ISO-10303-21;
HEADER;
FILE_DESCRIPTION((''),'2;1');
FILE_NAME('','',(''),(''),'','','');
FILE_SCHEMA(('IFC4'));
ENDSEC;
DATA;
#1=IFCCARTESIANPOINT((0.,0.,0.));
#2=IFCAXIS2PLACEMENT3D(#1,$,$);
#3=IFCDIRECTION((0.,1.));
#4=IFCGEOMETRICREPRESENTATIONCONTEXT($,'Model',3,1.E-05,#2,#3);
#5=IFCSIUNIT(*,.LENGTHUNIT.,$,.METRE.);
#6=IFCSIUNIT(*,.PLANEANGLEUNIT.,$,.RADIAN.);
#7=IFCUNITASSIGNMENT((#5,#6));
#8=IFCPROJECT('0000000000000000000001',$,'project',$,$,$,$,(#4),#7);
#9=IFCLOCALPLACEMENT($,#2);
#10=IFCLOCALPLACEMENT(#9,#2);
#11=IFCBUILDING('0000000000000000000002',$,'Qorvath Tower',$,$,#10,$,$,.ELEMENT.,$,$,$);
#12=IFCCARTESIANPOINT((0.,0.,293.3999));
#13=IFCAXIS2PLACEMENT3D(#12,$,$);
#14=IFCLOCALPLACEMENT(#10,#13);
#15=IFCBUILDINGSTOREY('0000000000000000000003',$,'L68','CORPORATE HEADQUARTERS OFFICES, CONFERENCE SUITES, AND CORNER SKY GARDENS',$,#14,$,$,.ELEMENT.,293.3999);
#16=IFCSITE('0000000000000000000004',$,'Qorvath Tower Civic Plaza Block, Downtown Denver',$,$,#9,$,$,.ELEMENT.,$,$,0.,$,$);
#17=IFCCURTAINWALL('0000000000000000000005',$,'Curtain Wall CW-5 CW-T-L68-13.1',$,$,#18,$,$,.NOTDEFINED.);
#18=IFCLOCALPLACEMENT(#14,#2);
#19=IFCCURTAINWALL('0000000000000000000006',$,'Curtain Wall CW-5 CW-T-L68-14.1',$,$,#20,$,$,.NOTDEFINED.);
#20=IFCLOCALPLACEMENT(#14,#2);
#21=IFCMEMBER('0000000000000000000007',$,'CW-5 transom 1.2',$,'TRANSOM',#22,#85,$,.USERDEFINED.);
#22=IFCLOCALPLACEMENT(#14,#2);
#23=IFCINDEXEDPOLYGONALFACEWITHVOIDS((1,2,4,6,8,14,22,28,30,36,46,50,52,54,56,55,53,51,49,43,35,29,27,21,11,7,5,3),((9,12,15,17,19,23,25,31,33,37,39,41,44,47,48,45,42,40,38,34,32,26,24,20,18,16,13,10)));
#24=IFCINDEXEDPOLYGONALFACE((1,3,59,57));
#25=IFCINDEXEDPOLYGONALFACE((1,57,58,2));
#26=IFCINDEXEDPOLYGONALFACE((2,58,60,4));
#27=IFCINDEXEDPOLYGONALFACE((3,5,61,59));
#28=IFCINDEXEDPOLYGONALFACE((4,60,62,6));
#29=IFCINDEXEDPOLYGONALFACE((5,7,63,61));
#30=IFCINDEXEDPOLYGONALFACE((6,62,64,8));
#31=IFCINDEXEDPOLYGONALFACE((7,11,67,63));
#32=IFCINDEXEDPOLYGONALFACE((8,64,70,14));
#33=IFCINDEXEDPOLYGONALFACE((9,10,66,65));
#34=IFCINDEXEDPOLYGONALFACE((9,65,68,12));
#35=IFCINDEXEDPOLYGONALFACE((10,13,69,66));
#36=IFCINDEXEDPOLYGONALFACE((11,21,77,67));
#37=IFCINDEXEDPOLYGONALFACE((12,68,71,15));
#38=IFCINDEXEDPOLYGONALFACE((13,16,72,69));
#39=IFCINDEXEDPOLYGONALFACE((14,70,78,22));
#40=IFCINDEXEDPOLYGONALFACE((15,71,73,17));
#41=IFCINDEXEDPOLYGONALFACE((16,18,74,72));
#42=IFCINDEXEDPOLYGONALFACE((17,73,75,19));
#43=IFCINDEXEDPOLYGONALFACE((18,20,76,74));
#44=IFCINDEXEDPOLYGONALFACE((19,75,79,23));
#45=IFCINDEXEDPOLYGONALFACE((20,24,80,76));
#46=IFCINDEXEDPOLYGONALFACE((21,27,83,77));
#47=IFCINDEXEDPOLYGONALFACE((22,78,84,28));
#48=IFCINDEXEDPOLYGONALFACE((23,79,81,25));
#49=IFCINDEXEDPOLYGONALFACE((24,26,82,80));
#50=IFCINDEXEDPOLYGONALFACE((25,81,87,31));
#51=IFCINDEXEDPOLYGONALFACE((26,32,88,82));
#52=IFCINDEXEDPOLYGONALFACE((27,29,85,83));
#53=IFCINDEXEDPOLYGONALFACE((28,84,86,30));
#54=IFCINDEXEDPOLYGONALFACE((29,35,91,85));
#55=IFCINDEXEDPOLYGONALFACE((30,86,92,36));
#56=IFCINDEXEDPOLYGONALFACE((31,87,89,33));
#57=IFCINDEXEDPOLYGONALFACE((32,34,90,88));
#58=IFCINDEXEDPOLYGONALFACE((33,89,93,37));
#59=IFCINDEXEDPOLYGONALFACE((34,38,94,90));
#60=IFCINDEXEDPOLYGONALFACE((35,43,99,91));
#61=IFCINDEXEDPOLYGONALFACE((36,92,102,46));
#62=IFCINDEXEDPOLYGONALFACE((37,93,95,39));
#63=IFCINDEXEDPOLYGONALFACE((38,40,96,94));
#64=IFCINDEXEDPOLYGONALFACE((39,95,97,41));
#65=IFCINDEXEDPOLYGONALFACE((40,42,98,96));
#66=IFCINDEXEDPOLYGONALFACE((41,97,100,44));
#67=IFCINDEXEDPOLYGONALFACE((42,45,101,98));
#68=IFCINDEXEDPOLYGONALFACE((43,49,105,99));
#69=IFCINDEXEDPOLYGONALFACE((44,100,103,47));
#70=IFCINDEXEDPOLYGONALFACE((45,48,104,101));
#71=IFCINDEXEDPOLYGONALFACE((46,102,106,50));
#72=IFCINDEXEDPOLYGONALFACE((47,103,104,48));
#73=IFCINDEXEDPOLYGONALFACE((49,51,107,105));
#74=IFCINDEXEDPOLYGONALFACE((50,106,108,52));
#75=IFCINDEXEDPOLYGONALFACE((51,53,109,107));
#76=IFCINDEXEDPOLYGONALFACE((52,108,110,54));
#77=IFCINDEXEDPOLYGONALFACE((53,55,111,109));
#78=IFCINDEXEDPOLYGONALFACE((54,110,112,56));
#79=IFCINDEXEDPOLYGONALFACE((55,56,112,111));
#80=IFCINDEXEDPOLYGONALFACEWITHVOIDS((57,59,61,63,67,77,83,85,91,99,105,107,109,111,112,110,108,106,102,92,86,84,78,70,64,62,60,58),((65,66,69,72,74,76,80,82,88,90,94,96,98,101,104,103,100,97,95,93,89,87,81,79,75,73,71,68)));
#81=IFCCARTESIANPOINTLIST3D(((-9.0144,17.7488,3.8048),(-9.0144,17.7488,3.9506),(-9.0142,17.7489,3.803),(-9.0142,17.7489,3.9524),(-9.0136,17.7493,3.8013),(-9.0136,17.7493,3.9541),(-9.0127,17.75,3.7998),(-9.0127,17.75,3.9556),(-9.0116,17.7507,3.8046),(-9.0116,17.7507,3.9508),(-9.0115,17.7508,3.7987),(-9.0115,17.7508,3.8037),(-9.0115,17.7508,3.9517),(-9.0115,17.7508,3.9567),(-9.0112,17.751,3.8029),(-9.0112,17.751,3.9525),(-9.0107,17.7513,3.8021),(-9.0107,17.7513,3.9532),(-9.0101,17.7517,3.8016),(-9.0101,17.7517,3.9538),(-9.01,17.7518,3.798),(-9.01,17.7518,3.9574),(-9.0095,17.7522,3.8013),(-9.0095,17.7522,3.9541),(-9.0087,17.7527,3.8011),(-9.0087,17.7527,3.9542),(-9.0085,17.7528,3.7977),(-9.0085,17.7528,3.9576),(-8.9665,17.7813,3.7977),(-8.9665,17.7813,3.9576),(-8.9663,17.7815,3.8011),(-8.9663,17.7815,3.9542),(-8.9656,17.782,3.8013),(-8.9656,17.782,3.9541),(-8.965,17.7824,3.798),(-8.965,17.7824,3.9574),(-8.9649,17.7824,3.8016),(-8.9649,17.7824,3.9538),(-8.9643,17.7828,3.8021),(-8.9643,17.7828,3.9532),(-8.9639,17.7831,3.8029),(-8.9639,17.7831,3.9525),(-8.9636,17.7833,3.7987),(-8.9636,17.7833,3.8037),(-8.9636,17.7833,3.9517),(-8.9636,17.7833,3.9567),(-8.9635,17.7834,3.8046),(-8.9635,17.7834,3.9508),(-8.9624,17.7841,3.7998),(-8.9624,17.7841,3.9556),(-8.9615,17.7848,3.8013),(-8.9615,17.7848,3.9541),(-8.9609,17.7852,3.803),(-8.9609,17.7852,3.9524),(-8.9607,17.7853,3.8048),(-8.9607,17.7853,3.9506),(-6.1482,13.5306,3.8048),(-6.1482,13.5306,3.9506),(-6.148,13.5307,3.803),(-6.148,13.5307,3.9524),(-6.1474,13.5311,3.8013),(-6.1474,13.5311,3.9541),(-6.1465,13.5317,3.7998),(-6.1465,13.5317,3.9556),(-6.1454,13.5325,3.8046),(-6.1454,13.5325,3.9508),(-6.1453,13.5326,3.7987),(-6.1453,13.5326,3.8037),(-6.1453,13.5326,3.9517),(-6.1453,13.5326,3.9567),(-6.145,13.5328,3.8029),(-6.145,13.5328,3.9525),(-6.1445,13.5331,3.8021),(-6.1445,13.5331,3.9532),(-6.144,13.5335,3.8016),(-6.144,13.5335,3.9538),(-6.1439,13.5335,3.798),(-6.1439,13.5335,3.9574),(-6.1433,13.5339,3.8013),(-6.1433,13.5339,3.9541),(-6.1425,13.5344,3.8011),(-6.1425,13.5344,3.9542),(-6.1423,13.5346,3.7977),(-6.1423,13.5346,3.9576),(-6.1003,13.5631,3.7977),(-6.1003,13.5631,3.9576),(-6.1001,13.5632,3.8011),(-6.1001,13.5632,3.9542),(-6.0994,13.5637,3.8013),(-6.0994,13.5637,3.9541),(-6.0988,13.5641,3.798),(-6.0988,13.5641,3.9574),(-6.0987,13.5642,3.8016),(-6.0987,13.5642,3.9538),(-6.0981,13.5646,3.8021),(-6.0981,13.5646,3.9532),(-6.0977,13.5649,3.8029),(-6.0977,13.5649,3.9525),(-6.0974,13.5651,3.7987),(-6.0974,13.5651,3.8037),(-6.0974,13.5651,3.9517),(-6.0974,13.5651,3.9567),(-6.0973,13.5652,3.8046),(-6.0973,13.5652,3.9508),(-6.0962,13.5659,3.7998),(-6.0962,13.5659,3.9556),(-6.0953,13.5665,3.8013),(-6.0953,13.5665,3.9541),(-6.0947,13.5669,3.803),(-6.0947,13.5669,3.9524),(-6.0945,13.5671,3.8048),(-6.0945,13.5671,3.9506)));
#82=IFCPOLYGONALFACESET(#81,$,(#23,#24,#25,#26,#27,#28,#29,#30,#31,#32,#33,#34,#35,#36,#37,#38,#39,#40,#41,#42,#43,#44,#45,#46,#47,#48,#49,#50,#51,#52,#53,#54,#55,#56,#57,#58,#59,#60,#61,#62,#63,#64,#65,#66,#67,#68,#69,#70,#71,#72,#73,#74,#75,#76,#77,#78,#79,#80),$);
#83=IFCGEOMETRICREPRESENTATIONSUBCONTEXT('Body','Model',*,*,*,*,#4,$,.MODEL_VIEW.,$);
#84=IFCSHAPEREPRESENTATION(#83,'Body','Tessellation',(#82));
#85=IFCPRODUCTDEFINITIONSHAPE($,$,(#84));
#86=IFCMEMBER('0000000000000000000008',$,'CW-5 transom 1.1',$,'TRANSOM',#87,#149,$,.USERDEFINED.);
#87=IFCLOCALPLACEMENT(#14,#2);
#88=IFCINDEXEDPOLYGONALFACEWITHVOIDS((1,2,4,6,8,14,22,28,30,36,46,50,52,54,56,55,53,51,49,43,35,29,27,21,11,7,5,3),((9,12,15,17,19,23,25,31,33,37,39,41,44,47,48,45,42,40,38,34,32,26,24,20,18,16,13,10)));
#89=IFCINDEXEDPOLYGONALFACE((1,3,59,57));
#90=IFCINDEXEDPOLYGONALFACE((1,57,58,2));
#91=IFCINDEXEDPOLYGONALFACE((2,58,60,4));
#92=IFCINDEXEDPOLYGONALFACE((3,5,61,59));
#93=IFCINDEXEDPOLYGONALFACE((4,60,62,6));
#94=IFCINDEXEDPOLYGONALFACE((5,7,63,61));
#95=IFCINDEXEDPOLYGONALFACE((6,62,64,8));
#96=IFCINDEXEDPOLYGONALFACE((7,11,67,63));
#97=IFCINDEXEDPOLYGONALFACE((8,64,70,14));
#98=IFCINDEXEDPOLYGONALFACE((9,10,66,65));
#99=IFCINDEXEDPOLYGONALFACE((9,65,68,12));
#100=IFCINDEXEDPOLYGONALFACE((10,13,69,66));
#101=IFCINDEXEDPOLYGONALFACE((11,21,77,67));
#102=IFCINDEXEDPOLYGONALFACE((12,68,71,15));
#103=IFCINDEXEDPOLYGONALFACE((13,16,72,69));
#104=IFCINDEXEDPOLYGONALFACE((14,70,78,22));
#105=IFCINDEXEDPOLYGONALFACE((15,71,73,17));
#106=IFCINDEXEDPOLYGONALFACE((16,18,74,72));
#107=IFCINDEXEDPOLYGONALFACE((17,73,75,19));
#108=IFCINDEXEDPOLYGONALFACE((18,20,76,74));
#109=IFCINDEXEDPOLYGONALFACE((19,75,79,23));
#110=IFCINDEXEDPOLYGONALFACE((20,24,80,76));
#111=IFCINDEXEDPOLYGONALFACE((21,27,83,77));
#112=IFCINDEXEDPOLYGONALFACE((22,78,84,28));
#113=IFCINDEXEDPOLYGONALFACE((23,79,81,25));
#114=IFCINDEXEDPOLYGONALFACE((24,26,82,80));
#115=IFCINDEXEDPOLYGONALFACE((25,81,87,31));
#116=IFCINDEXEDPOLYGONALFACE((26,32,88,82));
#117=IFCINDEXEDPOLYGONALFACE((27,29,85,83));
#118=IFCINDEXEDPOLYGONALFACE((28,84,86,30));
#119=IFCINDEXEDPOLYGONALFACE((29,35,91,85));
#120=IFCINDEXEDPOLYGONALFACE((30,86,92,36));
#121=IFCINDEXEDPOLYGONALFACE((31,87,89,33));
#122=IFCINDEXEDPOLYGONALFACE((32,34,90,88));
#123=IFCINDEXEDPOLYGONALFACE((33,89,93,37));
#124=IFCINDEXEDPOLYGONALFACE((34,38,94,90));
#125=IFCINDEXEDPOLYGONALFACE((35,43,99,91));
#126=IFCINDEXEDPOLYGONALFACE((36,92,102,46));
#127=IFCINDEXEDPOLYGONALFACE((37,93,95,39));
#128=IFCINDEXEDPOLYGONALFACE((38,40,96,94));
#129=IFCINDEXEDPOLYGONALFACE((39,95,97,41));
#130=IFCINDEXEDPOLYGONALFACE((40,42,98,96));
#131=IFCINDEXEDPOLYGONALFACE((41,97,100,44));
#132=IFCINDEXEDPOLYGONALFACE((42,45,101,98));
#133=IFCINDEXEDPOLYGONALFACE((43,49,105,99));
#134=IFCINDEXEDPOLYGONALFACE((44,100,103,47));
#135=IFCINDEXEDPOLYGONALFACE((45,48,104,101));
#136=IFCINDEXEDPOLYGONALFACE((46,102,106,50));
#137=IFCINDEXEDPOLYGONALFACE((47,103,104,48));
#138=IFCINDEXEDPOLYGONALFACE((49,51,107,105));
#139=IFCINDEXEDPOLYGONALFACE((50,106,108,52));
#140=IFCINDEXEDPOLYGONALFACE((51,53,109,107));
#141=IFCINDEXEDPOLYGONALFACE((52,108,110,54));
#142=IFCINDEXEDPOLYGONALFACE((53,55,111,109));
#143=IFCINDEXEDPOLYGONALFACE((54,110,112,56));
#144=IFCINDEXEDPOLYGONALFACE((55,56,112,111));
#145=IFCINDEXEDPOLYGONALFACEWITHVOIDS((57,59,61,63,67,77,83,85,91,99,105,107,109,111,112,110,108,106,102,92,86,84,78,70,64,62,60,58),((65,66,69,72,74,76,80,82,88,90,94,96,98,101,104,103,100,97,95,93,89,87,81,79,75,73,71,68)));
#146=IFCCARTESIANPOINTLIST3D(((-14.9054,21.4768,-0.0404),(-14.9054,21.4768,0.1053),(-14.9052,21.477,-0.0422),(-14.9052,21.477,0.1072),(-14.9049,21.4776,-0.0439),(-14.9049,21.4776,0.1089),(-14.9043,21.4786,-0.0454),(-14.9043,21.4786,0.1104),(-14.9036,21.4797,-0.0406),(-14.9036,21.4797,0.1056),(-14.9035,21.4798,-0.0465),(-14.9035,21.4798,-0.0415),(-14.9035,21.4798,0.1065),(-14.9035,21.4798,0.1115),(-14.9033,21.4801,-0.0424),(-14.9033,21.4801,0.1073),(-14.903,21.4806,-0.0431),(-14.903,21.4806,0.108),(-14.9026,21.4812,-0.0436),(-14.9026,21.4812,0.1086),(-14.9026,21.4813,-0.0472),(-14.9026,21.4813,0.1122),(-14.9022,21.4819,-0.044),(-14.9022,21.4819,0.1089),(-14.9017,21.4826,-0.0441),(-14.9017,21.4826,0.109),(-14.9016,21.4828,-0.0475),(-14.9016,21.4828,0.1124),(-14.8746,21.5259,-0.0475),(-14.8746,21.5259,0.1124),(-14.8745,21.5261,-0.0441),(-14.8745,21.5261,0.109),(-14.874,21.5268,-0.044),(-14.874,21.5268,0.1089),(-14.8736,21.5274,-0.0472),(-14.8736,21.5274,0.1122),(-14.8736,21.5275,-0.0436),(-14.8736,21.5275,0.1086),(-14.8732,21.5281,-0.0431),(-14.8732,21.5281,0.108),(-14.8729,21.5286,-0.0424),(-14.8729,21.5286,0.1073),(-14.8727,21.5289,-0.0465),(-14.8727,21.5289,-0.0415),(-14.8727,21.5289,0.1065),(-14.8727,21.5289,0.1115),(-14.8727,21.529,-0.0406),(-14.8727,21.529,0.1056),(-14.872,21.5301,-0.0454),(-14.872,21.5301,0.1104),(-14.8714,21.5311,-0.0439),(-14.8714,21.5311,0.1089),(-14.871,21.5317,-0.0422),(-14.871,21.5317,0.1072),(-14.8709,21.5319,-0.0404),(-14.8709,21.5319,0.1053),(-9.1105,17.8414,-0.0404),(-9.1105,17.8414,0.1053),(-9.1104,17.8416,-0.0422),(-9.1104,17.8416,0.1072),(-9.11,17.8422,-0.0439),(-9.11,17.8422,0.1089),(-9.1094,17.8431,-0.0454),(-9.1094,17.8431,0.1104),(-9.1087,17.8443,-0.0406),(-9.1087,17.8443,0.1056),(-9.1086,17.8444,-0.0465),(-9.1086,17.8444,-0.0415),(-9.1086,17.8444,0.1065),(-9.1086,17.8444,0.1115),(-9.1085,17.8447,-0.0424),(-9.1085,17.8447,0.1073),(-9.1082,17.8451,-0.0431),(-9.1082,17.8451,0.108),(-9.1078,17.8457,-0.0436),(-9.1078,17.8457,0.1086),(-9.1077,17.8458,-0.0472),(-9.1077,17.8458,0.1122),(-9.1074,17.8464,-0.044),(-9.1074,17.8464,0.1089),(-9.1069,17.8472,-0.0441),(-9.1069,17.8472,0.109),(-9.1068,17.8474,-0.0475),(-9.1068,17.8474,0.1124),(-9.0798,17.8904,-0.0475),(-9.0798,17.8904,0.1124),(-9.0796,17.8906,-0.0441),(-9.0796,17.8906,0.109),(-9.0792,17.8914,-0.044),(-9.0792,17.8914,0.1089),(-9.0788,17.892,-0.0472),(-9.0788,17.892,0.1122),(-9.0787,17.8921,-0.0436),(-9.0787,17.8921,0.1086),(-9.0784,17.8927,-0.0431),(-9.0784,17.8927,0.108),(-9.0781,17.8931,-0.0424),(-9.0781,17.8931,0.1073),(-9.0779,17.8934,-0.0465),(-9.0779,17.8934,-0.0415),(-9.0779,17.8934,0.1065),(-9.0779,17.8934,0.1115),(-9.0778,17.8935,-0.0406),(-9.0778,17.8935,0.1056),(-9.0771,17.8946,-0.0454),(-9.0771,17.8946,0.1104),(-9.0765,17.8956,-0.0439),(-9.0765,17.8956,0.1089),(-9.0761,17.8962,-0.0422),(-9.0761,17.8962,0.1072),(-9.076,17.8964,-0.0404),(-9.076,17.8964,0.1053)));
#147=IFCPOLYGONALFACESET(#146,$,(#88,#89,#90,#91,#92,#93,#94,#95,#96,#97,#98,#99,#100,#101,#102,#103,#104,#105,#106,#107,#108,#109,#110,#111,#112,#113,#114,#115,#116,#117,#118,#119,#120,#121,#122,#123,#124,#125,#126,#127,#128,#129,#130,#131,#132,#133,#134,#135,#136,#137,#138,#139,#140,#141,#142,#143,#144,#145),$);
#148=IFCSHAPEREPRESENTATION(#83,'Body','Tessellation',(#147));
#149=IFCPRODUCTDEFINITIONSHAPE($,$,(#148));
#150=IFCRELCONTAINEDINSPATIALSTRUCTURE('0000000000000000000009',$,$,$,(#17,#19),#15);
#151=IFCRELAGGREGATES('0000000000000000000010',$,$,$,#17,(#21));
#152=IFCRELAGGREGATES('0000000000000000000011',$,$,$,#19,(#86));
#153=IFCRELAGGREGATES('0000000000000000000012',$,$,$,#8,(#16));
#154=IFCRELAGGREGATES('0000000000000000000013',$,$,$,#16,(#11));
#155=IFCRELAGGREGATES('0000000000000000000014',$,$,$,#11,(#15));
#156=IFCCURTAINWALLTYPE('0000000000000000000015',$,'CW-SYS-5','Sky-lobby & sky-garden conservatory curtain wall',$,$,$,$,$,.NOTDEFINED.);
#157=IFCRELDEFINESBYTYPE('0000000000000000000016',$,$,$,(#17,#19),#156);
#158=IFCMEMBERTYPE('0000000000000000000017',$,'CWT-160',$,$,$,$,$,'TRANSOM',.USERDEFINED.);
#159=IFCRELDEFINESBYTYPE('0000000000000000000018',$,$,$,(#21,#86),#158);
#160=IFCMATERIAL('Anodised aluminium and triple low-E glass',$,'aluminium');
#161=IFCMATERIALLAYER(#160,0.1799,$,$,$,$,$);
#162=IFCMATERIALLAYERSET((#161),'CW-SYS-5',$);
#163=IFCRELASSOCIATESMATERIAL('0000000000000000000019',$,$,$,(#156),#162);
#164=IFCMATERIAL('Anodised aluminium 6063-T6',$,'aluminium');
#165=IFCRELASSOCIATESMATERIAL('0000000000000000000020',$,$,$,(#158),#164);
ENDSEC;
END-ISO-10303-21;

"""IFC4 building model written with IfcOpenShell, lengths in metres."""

from ifc_helpers import new_model, si_unit, direction, frame, origin, origin_2d, place, context, subcontext, project, spatial, hollow_rectangle, extrude, material, layer, layer_set, material_profile, profile_set, type_object, element, aggregate, save


model = new_model("IFC4")

# Units and contexts
model_context = context("Model", 3, precision=1e-05, world=origin(), true_north=direction((0.0, 1.0)))
body_context = subcontext(model_context, "Body", "Model", "MODEL_VIEW")
ifc_project = project(units=[si_unit("LENGTHUNIT", "METRE"), si_unit("PLANEANGLEUNIT", "RADIAN")], contexts=[model_context])

# Site, building, storey
site_placement = place(None, origin())
site = spatial("IfcSite", under=ifc_project, at=site_placement, Name="Qorvath Tower Civic Plaza Block, Downtown Denver", CompositionType="ELEMENT", RefElevation=0.0)
building_placement = place(site_placement, origin())
building = spatial("IfcBuilding", under=site, at=building_placement, Name="Qorvath Tower", CompositionType="ELEMENT")
storey_placement = place(building_placement, frame((0.0, 0.0, 293.3999)))
storey = spatial("IfcBuildingStorey", under=building, at=storey_placement, Name="L68", Description="CORPORATE HEADQUARTERS OFFICES, CONFERENCE SUITES, AND CORNER SKY GARDENS", CompositionType="ELEMENT", Elevation=293.3999)

# Curtain walls
ifc_material_1 = material(Name="Anodised aluminium and triple low-E glass", Category="aluminium")
ifc_layer_1 = layer(ifc_material_1, 0.1799)
ifc_layer_set_1 = layer_set([ifc_layer_1], Name="CW-SYS-5")
curtain_wall_type = type_object("IfcCurtainWallType", Name="CW-SYS-5", Description="Sky-lobby & sky-garden conservatory curtain wall", PredefinedType="NOTDEFINED", material=ifc_layer_set_1)
curtain_wall_1_placement = place(storey_placement, origin())
curtain_wall_1 = element("IfcCurtainWall", 1, at=curtain_wall_1_placement, inside=storey, type_object=curtain_wall_type, Name="Curtain Wall CW-5 CW-T-L68-13.1", PredefinedType="NOTDEFINED")
curtain_wall_2_placement = place(storey_placement, origin())
curtain_wall_2 = element("IfcCurtainWall", 2, at=curtain_wall_2_placement, inside=storey, type_object=curtain_wall_type, Name="Curtain Wall CW-5 CW-T-L68-14.1", PredefinedType="NOTDEFINED")

# Members
ifc_material_2 = material(Name="Anodised aluminium 6063-T6", Category="aluminium")
ifc_material_profile_1 = material_profile(ifc_material_2, hollow_rectangle(XDim=0.0649, YDim=0.1599, WallThickness=0.0034, InnerFilletRadius=0.0034, OuterFilletRadius=0.0071, at=origin_2d()), Name="CWT 160x65")
ifc_profile_set_1 = profile_set([ifc_material_profile_1], Name="Anodised aluminium 6063-T6")
member_type_1 = type_object("IfcMemberType", Name="CWT-160", ElementType="TRANSOM", PredefinedType="USERDEFINED", material=ifc_profile_set_1)
member_1_placement = place(storey_placement, frame((-6.1213, 13.5488, 3.8777), z_axis=(-0.562014, 0.827128, 0.0), x_axis=(-0.827128, -0.562014, 0.0)))
member_1 = element("IfcMember", 3, at=member_1_placement, type_object=member_type_1, Name="CW-5 transom 1.2", ObjectType="TRANSOM", PredefinedType="USERDEFINED", context=body_context, shape_type="SweptSolid", body=[
    extrude(hollow_rectangle(XDim=0.0649, YDim=0.1599, WallThickness=0.0034, InnerFilletRadius=0.0034, OuterFilletRadius=0.0071, at=origin_2d()), origin(), (0.0, 0.0, 1.0), 5.0999),
])
member_2_placement = place(storey_placement, frame((-9.0933, 17.8689, 0.0325), z_axis=(-0.847099, 0.531435, 0.0), x_axis=(-0.531435, -0.847099, 0.0)))
member_2 = element("IfcMember", 4, at=member_2_placement, type_object=member_type_1, Name="CW-5 transom 1.1", ObjectType="TRANSOM", PredefinedType="USERDEFINED", context=body_context, shape_type="SweptSolid", body=[
    extrude(hollow_rectangle(XDim=0.0649, YDim=0.1599, WallThickness=0.0034, InnerFilletRadius=0.0034, OuterFilletRadius=0.0071, at=origin_2d()), origin(), (0.0, 0.0, 1.0), 6.8408),
])

aggregate(curtain_wall_1, [member_1])
aggregate(curtain_wall_2, [member_2])

save(model, "model.ifc")
